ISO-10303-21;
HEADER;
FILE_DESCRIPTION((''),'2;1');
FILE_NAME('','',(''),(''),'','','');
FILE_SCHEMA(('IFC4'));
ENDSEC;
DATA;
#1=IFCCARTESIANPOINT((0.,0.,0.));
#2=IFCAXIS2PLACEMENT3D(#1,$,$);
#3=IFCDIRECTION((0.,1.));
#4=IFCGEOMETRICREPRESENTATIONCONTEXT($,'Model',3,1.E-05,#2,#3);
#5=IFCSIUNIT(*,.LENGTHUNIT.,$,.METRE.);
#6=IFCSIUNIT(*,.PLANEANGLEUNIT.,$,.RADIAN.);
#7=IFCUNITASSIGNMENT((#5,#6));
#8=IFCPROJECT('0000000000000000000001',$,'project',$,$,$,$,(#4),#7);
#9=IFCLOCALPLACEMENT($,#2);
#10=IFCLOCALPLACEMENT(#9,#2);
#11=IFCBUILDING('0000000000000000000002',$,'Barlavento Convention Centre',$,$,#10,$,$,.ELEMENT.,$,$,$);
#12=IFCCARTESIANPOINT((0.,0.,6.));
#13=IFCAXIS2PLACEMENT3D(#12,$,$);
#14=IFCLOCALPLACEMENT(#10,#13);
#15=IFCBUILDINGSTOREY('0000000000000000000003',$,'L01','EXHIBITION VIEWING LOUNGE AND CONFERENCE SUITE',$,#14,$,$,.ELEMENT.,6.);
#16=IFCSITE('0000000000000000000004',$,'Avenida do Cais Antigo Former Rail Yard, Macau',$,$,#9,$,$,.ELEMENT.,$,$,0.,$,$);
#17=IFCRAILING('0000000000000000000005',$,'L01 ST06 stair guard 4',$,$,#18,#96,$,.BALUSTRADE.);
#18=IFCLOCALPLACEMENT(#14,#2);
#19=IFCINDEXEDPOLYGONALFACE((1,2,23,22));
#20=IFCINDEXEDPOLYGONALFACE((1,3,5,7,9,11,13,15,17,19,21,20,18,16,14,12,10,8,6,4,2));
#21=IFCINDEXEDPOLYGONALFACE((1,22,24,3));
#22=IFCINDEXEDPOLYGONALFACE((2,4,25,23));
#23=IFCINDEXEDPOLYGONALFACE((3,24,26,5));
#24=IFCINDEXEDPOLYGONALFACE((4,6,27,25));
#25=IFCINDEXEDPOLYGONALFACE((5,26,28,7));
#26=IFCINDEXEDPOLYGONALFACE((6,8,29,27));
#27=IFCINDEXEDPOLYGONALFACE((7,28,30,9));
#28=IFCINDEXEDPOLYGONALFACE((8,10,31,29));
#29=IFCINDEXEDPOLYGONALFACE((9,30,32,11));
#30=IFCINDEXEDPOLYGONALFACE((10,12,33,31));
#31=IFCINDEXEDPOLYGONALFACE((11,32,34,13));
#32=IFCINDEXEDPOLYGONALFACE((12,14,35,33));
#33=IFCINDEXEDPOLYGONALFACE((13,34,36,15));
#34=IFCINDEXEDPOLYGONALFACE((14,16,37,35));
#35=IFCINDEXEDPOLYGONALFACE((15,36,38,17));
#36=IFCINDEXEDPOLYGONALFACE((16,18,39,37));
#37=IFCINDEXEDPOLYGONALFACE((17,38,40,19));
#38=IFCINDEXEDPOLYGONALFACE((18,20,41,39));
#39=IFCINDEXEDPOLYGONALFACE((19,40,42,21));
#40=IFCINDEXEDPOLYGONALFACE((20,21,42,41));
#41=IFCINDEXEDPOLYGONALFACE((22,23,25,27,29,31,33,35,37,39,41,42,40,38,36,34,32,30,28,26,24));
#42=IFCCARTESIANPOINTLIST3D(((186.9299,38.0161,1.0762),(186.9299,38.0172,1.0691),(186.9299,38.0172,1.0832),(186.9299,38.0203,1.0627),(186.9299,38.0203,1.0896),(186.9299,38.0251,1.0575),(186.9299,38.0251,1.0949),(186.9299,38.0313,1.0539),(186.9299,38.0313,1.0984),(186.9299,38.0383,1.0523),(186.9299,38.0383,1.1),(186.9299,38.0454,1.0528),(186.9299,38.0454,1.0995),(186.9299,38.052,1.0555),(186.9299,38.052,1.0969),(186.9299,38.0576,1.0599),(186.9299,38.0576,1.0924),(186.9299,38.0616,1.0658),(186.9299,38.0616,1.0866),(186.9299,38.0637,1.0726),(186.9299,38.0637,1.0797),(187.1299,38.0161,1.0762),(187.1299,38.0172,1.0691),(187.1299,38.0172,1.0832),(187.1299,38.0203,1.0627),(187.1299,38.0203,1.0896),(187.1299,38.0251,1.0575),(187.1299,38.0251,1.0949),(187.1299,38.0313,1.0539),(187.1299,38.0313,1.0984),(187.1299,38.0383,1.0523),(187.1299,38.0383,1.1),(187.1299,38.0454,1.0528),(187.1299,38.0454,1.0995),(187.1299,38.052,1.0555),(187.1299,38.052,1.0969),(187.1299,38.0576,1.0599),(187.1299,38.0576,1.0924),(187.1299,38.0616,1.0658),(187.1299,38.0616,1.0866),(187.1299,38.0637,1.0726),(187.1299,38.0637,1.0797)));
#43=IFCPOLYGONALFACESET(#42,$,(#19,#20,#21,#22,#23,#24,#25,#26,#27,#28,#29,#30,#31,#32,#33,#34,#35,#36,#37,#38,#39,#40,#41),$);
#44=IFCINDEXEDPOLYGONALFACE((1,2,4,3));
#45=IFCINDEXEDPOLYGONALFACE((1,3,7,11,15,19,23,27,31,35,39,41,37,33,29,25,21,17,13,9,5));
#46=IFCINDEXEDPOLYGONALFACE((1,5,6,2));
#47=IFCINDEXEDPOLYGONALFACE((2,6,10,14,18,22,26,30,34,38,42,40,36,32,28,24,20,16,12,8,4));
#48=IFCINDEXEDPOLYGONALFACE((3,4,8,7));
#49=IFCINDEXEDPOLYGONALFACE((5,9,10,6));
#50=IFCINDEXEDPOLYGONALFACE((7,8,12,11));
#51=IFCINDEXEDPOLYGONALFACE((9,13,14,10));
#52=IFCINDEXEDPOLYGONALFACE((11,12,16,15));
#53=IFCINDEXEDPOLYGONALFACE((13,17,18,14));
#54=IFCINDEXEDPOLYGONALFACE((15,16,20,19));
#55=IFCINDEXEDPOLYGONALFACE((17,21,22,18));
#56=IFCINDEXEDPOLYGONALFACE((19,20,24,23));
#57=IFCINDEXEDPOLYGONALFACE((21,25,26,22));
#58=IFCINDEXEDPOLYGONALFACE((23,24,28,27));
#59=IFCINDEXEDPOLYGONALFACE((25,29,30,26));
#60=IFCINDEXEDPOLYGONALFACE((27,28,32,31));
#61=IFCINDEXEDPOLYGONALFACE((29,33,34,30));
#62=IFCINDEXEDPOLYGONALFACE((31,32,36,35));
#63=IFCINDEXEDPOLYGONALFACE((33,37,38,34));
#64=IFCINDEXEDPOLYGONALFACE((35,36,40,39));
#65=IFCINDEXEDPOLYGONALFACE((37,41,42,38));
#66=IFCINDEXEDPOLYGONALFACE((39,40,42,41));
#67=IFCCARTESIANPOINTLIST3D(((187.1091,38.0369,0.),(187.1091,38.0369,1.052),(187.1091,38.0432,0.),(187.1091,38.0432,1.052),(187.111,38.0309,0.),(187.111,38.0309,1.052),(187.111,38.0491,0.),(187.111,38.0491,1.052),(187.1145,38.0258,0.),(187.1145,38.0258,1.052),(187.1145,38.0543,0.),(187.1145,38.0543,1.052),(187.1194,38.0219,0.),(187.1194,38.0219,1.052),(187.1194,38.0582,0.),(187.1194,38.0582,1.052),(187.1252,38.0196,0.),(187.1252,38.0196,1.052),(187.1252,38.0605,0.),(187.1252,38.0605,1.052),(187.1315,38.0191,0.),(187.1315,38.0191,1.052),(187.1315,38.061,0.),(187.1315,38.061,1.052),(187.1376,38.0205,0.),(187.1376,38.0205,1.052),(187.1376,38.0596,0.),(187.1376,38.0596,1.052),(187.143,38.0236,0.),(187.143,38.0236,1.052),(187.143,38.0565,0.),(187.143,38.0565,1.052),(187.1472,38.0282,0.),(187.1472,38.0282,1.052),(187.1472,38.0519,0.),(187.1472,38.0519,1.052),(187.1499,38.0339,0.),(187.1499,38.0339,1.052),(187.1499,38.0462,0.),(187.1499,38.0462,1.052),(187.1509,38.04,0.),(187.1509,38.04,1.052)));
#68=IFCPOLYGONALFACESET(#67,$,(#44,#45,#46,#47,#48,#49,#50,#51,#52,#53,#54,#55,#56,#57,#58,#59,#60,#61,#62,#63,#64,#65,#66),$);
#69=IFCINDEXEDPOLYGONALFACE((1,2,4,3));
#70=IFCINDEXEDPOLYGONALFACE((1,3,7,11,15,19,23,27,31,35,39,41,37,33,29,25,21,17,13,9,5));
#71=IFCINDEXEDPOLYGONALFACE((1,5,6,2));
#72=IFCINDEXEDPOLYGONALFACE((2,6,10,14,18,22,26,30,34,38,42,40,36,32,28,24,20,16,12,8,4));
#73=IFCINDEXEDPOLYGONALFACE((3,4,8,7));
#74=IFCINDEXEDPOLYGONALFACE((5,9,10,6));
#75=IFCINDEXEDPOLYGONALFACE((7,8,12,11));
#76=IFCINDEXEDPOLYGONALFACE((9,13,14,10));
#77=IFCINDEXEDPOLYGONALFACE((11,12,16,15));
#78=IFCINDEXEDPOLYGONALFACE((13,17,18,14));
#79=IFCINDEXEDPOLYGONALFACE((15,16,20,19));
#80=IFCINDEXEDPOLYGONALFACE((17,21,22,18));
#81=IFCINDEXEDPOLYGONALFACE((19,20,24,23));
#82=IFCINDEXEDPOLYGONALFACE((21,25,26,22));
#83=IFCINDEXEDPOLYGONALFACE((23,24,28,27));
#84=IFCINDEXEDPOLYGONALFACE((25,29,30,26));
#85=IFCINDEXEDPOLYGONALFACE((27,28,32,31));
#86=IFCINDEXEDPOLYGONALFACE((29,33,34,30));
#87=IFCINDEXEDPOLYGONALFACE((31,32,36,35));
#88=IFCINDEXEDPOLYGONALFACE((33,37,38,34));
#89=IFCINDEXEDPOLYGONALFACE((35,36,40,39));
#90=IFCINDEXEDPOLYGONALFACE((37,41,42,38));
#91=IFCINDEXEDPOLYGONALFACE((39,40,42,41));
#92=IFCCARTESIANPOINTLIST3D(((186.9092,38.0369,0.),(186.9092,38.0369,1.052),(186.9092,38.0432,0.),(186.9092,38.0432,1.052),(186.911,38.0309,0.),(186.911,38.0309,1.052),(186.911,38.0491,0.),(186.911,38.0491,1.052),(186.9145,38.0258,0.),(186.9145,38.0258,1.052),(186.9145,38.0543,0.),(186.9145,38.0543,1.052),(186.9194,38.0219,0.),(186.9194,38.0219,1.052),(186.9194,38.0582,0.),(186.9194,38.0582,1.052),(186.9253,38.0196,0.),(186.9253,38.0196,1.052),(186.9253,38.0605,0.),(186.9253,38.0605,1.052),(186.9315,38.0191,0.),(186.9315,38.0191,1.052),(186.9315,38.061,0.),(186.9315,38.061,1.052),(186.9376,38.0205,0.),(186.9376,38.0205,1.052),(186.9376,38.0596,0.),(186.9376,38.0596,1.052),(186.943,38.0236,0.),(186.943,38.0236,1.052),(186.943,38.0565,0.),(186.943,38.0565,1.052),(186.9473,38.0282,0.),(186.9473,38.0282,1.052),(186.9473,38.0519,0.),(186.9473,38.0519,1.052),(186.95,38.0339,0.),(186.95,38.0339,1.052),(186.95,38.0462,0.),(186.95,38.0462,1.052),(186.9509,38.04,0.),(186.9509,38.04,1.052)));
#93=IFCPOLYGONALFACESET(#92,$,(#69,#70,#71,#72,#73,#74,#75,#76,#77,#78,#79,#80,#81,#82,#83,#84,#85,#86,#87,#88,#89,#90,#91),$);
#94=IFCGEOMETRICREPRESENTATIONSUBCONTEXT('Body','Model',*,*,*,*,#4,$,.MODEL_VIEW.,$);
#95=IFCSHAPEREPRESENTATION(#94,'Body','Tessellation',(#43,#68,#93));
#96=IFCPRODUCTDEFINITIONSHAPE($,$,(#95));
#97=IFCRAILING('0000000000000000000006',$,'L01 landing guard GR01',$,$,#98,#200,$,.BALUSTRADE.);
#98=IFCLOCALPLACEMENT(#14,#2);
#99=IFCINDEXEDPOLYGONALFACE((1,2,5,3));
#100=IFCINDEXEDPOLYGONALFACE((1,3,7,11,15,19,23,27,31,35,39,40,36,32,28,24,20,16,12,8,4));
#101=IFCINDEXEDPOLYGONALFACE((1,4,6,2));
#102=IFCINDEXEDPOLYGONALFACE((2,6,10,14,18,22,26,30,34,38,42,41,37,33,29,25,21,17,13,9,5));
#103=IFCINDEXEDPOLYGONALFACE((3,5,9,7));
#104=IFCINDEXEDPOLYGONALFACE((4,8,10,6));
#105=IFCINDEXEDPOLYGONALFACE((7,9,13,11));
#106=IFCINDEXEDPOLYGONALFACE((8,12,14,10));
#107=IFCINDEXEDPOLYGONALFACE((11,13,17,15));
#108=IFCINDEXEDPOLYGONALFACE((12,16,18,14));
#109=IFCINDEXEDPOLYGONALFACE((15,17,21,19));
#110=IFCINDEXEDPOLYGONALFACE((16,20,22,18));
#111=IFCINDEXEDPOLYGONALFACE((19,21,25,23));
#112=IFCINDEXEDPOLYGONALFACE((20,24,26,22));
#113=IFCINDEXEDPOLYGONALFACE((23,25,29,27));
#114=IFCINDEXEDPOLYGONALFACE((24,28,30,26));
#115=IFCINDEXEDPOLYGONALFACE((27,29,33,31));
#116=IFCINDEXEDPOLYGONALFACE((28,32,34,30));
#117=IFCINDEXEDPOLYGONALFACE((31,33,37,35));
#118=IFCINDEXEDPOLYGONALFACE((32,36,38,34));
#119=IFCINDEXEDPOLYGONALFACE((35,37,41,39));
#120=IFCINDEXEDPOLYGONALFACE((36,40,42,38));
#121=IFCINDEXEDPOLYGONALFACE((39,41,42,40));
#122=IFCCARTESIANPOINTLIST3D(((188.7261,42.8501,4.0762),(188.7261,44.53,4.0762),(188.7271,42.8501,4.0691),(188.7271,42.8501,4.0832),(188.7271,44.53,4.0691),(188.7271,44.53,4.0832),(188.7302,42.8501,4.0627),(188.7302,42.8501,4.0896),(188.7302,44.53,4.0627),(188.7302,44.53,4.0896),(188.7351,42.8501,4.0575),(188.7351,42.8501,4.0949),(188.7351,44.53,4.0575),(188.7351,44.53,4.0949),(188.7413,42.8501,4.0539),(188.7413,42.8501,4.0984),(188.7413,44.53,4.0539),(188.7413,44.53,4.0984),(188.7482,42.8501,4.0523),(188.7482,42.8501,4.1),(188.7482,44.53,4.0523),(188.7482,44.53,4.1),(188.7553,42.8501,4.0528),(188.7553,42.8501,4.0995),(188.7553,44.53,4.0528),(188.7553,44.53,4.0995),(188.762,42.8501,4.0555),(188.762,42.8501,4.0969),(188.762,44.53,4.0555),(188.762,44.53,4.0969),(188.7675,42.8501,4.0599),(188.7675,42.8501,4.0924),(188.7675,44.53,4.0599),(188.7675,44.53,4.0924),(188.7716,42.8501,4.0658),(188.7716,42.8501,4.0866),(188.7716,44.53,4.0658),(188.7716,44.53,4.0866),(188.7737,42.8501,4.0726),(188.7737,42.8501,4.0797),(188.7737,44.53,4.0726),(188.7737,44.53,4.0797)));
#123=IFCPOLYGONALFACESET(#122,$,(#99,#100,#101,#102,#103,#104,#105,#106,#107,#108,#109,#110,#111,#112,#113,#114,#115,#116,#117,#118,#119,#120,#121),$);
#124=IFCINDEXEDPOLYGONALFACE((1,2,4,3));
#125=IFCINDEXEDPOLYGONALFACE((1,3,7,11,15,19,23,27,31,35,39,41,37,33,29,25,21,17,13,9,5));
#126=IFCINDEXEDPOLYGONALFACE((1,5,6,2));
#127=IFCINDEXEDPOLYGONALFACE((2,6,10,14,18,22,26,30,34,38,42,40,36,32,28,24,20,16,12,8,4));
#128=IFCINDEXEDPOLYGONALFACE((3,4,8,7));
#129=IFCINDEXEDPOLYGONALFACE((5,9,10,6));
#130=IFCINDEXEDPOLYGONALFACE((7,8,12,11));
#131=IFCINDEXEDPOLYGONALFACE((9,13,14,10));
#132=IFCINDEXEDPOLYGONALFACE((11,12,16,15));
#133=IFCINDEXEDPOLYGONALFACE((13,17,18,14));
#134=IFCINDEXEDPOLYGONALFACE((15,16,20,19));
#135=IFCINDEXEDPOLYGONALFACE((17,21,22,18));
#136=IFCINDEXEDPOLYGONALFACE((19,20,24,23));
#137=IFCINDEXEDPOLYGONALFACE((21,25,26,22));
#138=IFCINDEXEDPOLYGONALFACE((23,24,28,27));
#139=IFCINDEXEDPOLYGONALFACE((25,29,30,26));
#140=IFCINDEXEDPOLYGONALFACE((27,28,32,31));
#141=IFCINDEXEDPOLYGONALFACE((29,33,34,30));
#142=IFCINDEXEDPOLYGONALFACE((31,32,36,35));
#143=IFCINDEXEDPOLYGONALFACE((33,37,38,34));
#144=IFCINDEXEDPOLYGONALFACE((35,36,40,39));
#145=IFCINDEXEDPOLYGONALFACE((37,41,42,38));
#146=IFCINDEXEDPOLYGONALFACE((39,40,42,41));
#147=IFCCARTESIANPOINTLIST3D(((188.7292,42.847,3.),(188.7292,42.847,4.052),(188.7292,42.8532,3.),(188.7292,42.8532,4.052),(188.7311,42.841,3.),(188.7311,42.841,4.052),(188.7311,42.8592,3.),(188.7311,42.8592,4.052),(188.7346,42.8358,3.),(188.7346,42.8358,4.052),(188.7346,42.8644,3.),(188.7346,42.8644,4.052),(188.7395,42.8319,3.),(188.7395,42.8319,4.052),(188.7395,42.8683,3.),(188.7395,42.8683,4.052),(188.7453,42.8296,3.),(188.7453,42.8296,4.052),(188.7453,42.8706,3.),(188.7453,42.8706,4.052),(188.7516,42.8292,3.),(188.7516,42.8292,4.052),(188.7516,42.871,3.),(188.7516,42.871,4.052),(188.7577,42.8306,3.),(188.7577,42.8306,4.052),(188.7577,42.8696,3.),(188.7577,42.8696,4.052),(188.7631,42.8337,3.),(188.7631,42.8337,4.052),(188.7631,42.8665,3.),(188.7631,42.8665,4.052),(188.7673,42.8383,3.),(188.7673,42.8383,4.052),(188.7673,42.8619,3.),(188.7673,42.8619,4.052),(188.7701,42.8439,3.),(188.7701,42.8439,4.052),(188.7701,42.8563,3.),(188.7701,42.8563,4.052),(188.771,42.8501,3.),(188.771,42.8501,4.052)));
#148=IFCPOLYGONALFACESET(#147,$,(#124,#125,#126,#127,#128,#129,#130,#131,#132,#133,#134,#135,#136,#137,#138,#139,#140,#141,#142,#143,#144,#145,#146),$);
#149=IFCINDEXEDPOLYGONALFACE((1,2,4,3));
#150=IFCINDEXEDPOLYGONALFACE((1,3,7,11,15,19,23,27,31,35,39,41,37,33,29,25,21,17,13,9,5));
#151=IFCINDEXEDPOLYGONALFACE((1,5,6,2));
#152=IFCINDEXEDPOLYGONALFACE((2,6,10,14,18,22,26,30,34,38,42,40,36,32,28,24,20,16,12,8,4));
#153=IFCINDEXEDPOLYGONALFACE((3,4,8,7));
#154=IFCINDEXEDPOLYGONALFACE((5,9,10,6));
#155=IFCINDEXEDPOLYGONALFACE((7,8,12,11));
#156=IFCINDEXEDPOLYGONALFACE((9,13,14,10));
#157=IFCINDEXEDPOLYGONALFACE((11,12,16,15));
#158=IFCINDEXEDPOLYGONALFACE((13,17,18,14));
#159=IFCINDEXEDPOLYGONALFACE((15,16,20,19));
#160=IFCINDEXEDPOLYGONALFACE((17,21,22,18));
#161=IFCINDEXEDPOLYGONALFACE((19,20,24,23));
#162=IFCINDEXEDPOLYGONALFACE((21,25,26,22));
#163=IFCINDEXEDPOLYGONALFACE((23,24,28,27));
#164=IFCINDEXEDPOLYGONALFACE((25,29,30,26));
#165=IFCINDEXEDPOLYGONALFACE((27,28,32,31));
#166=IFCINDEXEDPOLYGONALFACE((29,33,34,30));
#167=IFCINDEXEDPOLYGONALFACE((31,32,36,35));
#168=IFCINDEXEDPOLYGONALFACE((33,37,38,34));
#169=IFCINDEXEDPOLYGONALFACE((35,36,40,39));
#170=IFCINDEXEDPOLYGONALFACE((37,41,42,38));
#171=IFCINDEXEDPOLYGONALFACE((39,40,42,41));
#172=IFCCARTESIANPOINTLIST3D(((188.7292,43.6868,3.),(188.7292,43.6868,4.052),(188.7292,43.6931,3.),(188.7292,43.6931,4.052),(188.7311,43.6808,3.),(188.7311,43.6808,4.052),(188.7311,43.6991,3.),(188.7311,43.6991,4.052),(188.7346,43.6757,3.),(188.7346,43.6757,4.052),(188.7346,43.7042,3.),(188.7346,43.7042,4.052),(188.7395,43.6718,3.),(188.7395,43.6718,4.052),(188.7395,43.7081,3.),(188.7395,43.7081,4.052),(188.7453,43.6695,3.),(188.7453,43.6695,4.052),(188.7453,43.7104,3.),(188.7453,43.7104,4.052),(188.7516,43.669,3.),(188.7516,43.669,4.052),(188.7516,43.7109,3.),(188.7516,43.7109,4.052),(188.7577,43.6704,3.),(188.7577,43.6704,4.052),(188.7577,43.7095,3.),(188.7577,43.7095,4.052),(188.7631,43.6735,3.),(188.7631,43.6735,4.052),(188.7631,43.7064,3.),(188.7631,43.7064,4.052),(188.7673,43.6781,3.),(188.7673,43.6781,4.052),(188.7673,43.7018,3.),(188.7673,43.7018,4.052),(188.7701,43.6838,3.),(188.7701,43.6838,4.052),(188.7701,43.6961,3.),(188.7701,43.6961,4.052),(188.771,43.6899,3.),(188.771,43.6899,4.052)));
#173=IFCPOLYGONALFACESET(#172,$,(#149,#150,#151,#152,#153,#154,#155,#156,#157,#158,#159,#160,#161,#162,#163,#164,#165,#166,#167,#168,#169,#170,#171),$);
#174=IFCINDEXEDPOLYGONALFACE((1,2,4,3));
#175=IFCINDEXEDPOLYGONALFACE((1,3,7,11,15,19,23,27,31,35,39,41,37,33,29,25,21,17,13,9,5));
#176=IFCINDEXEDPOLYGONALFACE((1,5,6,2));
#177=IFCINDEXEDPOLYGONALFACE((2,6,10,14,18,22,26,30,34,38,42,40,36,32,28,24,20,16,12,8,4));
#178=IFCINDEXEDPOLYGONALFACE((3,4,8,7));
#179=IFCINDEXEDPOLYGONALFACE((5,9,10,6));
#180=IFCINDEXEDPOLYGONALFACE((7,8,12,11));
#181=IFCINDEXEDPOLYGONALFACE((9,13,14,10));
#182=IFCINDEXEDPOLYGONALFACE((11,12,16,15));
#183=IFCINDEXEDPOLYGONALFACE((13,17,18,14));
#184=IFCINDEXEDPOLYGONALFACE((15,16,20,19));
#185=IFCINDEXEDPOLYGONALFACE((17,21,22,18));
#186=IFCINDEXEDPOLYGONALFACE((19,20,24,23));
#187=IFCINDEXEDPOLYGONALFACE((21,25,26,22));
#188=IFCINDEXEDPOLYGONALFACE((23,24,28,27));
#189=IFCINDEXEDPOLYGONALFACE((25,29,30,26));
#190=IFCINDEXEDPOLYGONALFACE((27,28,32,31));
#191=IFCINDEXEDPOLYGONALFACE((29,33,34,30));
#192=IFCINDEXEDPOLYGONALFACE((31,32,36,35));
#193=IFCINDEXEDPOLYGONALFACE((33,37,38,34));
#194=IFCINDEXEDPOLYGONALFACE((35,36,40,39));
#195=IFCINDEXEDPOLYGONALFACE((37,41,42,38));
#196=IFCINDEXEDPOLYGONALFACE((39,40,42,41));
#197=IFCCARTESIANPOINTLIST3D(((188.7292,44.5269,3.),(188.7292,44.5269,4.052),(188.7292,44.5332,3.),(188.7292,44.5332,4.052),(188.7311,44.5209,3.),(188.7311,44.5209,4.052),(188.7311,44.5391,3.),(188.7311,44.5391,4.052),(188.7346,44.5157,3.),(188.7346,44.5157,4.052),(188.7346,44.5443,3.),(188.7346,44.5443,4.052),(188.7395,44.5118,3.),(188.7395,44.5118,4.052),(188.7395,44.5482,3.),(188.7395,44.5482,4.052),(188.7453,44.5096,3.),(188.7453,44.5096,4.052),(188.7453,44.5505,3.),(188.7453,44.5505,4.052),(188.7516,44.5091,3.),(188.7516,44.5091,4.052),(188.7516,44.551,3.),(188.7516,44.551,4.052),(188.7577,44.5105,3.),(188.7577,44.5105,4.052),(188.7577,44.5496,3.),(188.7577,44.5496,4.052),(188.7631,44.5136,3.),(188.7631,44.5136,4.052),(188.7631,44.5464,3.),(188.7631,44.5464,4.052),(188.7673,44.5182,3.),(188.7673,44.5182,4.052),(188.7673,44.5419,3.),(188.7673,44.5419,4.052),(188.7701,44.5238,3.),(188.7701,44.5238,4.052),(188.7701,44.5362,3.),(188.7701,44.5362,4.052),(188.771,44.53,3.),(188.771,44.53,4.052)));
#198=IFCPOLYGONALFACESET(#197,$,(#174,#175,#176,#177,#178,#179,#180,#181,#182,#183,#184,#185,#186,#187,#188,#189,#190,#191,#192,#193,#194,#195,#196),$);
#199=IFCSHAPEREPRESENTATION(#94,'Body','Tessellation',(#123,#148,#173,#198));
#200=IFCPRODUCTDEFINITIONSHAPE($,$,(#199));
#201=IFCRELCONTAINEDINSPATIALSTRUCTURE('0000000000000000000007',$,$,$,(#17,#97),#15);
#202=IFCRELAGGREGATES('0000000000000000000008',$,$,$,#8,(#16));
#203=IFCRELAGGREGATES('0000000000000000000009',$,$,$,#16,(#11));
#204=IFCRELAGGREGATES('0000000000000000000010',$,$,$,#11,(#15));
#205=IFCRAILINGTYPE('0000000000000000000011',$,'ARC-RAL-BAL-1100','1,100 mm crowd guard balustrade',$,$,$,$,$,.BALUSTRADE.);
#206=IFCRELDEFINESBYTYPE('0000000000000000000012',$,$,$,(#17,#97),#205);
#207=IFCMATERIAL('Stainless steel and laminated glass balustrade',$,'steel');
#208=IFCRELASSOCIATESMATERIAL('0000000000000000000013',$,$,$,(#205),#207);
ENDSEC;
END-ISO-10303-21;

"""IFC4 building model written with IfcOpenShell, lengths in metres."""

from ifc_helpers import new_model, si_unit, direction, frame, origin, origin_2d, place, context, subcontext, project, spatial, circle, extrude, material, type_object, element, save


model = new_model("IFC4")

# Units and contexts
model_context = context("Model", 3, precision=1e-05, world=origin(), true_north=direction((0.0, 1.0)))
body_context = subcontext(model_context, "Body", "Model", "MODEL_VIEW")
ifc_project = project(units=[si_unit("LENGTHUNIT", "METRE"), si_unit("PLANEANGLEUNIT", "RADIAN")], contexts=[model_context])

# Site, building, storey
site_placement = place(None, origin())
site = spatial("IfcSite", under=ifc_project, at=site_placement, Name="Avenida do Cais Antigo Former Rail Yard, Macau", CompositionType="ELEMENT", RefElevation=0.0)
building_placement = place(site_placement, origin())
building = spatial("IfcBuilding", under=site, at=building_placement, Name="Barlavento Convention Centre", CompositionType="ELEMENT")
storey_placement = place(building_placement, frame((0.0, 0.0, 6.0)))
storey = spatial("IfcBuildingStorey", under=building, at=storey_placement, Name="L01", Description="EXHIBITION VIEWING LOUNGE AND CONFERENCE SUITE", CompositionType="ELEMENT", Elevation=6.0)

# Railings
ifc_material_1 = material(Name="Stainless steel and laminated glass balustrade", Category="steel")
railing_type_1 = type_object("IfcRailingType", Name="ARC-RAL-BAL-1100", Description="1,100 mm crowd guard balustrade", PredefinedType="BALUSTRADE", material=ifc_material_1)
railing_1_placement = place(storey_placement, frame((187.1299, 38.04, 0.0)))
element("IfcRailing", 1, at=railing_1_placement, inside=storey, type_object=railing_type_1, Name="L01 ST06 stair guard 4", PredefinedType="BALUSTRADE", context=body_context, shape_type="SweptSolid", body=[
    extrude(circle(Radius=0.0239, at=origin_2d()), frame((0.0, 0.0, 1.0762), z_axis=(-1.0, 0.0, 0.0), x_axis=(0.0, -1.0, 0.0)), (0.0, 0.0, 1.0), 0.2),
    extrude(circle(Radius=0.021, at=origin_2d()), origin(), (0.0, 0.0, 1.0), 1.052),
    extrude(circle(Radius=0.021, at=origin_2d()), frame((-0.2, 0.0, 0.0)), (0.0, 0.0, 1.0), 1.052),
])
for number, where, name in (
    (2, (188.75, 42.8501, 3.0), "L01 landing guard GR01"),
):
    element("IfcRailing", number, at=place(storey_placement, frame(where)), inside=storey, type_object=railing_type_1, Name=name, PredefinedType="BALUSTRADE", context=body_context, shape_type="SweptSolid", body=[
        extrude(circle(Radius=0.0239, at=origin_2d()), frame((0.0, 0.0, 1.0762), z_axis=(0.0, 1.0, 0.0), x_axis=(-1.0, 0.0, 0.0)), (0.0, 0.0, 1.0), 1.6799),
        extrude(circle(Radius=0.021, at=origin_2d()), origin(), (0.0, 0.0, 1.0), 1.052),
        extrude(circle(Radius=0.021, at=origin_2d()), frame((0.0, 0.8398, 0.0)), (0.0, 0.0, 1.0), 1.052),
        extrude(circle(Radius=0.021, at=origin_2d()), frame((0.0, 1.6799, 0.0)), (0.0, 0.0, 1.0), 1.052),
    ])

save(model, "model.ifc")
